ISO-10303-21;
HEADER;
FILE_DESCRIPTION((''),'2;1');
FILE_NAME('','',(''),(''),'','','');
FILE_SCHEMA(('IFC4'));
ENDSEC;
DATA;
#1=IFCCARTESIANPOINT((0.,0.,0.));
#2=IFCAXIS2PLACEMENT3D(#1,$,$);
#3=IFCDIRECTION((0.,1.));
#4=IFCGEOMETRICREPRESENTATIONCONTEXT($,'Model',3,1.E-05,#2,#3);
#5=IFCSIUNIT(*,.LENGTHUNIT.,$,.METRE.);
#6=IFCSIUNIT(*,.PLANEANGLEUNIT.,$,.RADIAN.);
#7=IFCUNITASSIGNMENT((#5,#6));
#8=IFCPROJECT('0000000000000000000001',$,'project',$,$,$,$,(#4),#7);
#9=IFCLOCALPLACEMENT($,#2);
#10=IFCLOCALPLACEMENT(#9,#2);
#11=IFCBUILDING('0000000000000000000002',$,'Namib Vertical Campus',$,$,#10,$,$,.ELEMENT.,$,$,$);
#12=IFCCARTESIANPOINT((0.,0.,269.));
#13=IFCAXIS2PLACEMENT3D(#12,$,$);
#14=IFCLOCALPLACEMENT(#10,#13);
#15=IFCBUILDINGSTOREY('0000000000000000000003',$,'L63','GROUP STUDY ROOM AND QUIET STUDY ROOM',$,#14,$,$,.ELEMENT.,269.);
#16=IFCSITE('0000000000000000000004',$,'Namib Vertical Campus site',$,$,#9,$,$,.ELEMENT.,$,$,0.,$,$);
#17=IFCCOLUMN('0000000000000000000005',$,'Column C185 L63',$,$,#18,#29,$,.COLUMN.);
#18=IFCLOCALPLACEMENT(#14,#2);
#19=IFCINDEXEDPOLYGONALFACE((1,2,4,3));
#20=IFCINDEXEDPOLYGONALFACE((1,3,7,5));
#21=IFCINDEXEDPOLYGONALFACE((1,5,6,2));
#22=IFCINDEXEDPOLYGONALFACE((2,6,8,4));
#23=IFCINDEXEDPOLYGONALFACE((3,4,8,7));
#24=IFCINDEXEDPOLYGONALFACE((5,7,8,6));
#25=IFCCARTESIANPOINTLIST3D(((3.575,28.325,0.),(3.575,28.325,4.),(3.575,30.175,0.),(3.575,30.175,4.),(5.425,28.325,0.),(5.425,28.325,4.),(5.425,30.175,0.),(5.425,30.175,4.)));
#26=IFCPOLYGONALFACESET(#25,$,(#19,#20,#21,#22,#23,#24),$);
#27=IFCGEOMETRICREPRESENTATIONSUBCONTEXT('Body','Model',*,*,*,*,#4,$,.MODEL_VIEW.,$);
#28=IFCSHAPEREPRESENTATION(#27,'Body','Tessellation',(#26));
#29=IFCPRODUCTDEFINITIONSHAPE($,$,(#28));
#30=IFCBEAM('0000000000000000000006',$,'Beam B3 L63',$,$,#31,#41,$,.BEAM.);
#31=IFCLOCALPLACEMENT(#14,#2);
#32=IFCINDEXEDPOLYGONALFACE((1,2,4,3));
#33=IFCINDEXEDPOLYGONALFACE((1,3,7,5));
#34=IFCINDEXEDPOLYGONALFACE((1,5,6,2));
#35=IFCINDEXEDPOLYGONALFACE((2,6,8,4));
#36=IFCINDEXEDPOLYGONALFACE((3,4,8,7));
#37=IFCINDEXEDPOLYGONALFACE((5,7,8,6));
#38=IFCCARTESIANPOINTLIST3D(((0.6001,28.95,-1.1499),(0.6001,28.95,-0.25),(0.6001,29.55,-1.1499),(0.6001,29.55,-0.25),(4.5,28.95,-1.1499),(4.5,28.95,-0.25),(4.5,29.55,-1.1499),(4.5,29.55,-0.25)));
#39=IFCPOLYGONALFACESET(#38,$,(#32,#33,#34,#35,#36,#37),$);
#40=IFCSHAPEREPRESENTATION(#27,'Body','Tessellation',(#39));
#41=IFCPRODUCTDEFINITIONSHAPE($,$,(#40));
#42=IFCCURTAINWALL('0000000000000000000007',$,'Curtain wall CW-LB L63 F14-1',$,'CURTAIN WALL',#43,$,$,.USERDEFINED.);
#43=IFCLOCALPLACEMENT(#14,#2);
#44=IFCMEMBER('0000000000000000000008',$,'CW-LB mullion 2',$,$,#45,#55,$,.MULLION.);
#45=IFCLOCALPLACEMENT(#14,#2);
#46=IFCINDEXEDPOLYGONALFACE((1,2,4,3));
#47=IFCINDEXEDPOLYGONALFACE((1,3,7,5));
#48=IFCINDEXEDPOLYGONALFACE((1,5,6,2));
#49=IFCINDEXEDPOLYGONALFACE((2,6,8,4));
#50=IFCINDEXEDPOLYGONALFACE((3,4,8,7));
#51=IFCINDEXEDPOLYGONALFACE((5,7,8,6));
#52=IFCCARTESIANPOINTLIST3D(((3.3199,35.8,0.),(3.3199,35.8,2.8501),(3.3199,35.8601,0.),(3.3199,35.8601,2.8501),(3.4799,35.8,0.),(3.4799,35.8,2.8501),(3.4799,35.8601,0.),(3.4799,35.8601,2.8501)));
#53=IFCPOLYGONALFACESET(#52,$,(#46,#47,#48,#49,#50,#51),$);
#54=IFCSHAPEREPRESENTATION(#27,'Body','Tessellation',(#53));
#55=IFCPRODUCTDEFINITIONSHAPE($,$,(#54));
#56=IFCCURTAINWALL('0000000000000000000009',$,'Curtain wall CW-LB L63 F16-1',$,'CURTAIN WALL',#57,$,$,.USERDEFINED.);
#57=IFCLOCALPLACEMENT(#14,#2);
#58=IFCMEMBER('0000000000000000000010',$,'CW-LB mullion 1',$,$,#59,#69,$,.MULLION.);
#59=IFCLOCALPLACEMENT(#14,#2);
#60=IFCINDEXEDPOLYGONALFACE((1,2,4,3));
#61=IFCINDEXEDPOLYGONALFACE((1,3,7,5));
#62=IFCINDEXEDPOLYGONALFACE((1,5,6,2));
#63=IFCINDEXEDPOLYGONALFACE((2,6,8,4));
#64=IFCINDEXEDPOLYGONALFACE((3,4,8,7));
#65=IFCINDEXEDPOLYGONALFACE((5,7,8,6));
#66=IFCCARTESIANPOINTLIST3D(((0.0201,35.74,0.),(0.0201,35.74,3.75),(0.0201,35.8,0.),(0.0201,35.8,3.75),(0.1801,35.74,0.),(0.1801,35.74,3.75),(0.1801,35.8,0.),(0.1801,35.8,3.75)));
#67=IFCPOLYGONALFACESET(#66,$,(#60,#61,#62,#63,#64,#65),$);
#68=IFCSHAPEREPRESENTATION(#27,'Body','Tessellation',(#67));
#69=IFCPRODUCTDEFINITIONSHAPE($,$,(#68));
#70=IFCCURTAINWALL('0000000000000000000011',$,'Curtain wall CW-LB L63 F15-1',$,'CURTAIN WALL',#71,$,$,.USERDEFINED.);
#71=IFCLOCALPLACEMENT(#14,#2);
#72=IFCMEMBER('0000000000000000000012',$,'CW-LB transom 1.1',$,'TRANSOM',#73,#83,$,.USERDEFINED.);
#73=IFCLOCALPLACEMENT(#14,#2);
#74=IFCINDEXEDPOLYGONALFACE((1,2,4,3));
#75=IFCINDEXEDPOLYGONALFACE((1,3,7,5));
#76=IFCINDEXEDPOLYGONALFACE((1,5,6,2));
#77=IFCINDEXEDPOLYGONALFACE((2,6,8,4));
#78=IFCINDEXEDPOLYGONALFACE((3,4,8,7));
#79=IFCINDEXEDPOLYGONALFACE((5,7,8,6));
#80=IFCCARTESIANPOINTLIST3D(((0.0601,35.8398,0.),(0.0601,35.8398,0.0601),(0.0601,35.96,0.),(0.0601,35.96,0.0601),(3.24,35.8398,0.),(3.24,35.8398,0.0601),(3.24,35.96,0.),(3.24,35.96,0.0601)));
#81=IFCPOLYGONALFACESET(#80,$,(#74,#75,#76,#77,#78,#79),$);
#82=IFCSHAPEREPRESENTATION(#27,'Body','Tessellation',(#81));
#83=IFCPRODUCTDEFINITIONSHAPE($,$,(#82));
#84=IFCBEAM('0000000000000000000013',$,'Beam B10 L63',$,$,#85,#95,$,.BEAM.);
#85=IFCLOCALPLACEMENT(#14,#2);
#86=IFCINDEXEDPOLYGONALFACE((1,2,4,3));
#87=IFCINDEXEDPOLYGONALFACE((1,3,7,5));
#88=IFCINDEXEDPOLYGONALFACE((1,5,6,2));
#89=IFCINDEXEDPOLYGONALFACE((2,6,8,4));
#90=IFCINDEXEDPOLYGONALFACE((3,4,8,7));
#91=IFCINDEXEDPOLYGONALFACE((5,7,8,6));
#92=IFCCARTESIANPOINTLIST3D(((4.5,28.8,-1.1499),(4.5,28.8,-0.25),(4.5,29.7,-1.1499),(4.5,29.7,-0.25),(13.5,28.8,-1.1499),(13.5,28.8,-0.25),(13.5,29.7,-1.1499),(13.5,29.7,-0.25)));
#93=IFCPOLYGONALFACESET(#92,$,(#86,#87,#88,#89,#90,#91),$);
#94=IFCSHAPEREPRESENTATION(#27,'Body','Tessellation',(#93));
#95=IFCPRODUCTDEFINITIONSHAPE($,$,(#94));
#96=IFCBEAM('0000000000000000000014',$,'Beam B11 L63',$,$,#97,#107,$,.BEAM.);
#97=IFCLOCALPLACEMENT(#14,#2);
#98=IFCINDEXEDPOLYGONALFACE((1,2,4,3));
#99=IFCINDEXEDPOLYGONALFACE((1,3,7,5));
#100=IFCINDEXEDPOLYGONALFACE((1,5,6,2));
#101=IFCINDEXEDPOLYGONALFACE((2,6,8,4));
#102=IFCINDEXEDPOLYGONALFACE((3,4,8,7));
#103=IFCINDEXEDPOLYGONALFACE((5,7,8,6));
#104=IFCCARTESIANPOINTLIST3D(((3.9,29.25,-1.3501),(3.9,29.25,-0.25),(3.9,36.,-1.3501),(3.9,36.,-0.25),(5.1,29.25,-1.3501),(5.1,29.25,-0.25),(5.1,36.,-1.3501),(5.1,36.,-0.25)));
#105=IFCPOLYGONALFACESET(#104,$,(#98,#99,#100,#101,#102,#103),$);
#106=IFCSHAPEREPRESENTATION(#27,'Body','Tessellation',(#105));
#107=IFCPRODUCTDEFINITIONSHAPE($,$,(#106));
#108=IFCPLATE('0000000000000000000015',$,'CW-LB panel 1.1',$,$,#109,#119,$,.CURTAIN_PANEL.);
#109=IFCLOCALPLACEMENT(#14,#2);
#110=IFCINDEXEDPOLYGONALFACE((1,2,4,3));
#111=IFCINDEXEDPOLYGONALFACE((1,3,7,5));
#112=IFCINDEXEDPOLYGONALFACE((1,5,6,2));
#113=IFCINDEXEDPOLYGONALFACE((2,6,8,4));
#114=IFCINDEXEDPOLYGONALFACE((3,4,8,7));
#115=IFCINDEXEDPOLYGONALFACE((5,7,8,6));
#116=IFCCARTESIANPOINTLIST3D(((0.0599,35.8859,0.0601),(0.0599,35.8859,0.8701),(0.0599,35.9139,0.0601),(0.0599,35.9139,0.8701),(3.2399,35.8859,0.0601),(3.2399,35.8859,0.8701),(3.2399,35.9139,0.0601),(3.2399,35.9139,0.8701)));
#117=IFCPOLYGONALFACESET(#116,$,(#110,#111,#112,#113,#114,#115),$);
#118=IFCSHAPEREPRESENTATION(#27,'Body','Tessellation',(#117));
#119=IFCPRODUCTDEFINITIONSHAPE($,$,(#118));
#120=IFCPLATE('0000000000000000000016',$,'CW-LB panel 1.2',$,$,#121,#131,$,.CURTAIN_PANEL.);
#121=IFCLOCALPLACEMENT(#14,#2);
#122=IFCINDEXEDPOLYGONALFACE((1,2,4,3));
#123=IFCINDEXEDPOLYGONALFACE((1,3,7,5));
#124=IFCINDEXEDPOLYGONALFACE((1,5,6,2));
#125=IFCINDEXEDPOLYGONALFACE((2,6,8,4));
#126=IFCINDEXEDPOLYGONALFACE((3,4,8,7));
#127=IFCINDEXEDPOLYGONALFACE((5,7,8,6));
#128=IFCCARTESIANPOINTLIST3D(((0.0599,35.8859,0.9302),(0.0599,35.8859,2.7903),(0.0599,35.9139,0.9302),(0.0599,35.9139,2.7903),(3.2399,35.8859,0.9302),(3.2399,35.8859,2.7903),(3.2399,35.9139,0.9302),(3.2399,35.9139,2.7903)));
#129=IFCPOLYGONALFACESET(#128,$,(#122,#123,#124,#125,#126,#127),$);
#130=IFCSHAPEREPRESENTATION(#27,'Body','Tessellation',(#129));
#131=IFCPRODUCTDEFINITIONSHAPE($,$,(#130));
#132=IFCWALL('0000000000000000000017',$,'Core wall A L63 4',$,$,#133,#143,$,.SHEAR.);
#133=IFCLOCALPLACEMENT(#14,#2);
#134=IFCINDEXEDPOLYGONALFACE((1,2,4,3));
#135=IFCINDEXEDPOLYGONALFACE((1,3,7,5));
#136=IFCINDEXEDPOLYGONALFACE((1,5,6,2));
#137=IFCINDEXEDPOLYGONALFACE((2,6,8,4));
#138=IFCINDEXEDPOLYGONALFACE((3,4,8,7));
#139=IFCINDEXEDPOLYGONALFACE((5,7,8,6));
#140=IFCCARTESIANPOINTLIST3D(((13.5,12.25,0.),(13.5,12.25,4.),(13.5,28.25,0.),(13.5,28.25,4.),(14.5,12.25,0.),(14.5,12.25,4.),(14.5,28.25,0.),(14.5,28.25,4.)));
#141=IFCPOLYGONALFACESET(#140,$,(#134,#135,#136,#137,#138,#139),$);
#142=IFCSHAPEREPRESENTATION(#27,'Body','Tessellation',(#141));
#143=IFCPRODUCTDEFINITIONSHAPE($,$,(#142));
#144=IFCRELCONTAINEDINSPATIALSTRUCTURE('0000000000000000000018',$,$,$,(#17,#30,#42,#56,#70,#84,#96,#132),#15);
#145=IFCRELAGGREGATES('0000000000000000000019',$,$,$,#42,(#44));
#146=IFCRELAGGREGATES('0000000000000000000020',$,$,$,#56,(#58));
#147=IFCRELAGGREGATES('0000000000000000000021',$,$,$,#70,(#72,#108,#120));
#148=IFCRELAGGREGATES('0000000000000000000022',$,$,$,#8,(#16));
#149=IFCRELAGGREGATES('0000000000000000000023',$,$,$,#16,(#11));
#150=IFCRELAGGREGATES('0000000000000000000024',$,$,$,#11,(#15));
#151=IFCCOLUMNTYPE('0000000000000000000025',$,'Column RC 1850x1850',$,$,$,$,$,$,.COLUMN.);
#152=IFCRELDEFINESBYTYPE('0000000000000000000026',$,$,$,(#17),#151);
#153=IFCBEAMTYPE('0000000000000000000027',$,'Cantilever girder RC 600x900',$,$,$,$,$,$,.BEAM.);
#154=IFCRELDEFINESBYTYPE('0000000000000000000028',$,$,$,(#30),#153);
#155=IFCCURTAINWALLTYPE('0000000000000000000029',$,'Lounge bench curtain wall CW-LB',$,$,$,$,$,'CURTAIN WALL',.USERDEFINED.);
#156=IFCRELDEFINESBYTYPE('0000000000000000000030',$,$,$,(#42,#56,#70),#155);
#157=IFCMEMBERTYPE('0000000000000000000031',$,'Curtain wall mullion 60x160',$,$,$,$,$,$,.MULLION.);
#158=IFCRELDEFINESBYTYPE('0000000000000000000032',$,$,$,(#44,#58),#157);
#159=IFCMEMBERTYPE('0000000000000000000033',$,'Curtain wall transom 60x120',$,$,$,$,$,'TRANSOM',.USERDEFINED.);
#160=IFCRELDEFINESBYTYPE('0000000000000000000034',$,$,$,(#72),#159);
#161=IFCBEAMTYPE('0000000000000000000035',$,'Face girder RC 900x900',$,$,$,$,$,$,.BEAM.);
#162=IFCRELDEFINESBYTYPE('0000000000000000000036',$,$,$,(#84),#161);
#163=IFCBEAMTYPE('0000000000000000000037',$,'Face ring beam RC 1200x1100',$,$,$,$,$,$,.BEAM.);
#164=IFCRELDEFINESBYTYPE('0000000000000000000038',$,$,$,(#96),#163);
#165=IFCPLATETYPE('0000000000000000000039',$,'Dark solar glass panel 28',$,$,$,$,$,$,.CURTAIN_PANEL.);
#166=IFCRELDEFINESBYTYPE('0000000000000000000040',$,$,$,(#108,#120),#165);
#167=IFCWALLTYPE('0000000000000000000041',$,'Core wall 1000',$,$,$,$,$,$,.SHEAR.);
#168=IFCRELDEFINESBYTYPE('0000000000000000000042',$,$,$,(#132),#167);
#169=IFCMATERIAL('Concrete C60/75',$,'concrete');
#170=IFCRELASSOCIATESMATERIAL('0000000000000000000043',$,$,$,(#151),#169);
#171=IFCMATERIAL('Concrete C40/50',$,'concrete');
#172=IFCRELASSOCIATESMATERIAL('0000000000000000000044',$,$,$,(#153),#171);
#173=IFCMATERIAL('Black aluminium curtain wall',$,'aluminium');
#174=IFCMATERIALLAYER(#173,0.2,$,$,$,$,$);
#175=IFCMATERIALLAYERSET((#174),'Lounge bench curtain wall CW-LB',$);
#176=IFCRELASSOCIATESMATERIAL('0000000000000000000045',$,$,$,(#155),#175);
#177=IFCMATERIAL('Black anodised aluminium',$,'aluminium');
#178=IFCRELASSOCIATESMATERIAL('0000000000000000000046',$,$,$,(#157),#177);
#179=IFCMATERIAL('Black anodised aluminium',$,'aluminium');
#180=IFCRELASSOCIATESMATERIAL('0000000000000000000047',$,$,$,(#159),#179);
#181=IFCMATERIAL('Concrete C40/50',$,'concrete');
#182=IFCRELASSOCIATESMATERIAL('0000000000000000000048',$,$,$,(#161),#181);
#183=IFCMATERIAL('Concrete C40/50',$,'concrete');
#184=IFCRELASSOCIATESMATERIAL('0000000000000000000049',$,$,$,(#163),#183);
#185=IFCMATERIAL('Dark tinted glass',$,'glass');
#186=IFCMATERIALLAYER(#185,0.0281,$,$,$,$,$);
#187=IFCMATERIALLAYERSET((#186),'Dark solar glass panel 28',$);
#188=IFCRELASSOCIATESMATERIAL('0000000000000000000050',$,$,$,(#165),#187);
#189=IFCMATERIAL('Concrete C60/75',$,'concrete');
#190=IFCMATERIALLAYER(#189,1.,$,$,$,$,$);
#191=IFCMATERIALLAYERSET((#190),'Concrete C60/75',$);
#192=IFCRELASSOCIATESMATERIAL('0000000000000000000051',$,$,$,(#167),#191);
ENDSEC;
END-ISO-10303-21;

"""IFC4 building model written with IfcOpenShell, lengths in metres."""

from ifc_helpers import new_model, si_unit, direction, frame, frame_2d, origin, origin_2d, place, context, subcontext, project, spatial, rectangle, extrude, material, layer, layer_set, material_profile, profile_set, type_object, element, aggregate, save


model = new_model("IFC4")

# Units and contexts
model_context = context("Model", 3, precision=1e-05, world=origin(), true_north=direction((0.0, 1.0)))
body_context = subcontext(model_context, "Body", "Model", "MODEL_VIEW")
ifc_project = project(units=[si_unit("LENGTHUNIT", "METRE"), si_unit("PLANEANGLEUNIT", "RADIAN")], contexts=[model_context])

# Site, building, storey
site_placement = place(None, origin())
site = spatial("IfcSite", under=ifc_project, at=site_placement, Name="Namib Vertical Campus site", CompositionType="ELEMENT", RefElevation=0.0)
building_placement = place(site_placement, origin())
building = spatial("IfcBuilding", under=site, at=building_placement, Name="Namib Vertical Campus", CompositionType="ELEMENT")
storey_placement = place(building_placement, frame((0.0, 0.0, 269.0)))
storey = spatial("IfcBuildingStorey", under=building, at=storey_placement, Name="L63", Description="GROUP STUDY ROOM AND QUIET STUDY ROOM", CompositionType="ELEMENT", Elevation=269.0)

# Column
ifc_material_1 = material(Name="Concrete C60/75", Category="concrete")
ifc_material_profile_1 = material_profile(ifc_material_1, rectangle(XDim=1.8501, YDim=1.8501, at=origin_2d()))
ifc_profile_set_1 = profile_set([ifc_material_profile_1], Name="Concrete C60/75")
column_type = type_object("IfcColumnType", Name="Column RC 1850x1850", PredefinedType="COLUMN", material=ifc_profile_set_1)
column_placement = place(storey_placement, frame((4.5, 29.25, 0.0), z_axis=(0.0, 0.0, 1.0), x_axis=(1.0, 0.0, 0.0)))
element("IfcColumn", 1, at=column_placement, inside=storey, type_object=column_type, Name="Column C185 L63", PredefinedType="COLUMN", context=body_context, shape_type="SweptSolid", body=[
    extrude(rectangle(XDim=1.8501, YDim=1.8501, at=origin_2d()), origin(), (0.0, 0.0, 1.0), 4.0),
])

# Beam
ifc_material_2 = material(Name="Concrete C40/50", Category="concrete")
ifc_material_profile_2 = material_profile(ifc_material_2, rectangle(XDim=0.6001, YDim=0.8999, at=origin_2d()))
ifc_profile_set_2 = profile_set([ifc_material_profile_2], Name="Concrete C40/50")
beam_type_1 = type_object("IfcBeamType", Name="Cantilever girder RC 600x900", PredefinedType="BEAM", material=ifc_profile_set_2)
beam_1_placement = place(storey_placement, frame((4.5, 29.25, -0.7), z_axis=(-1.0, 0.0, 0.0), x_axis=(0.0, -1.0, 0.0)))
element("IfcBeam", 2, at=beam_1_placement, inside=storey, type_object=beam_type_1, Name="Beam B3 L63", PredefinedType="BEAM", context=body_context, shape_type="SweptSolid", body=[
    extrude(rectangle(XDim=0.6001, YDim=0.8999, at=origin_2d()), origin(), (0.0, 0.0, 1.0), 3.8999),
])

# Curtain walls, members
ifc_material_3 = material(Name="Black aluminium curtain wall", Category="aluminium")
ifc_layer_1 = layer(ifc_material_3, 0.2)
ifc_layer_set_1 = layer_set([ifc_layer_1], Name="Lounge bench curtain wall CW-LB")
curtain_wall_type = type_object("IfcCurtainWallType", Name="Lounge bench curtain wall CW-LB", ElementType="CURTAIN WALL", PredefinedType="USERDEFINED", material=ifc_layer_set_1)
curtain_wall_1_placement = place(storey_placement, origin())
curtain_wall_1 = element("IfcCurtainWall", 3, at=curtain_wall_1_placement, inside=storey, type_object=curtain_wall_type, Name="Curtain wall CW-LB L63 F14-1", ObjectType="CURTAIN WALL", PredefinedType="USERDEFINED")
ifc_material_4 = material(Name="Black anodised aluminium", Category="aluminium")
ifc_material_profile_3 = material_profile(ifc_material_4, rectangle(XDim=0.0601, YDim=0.1599, at=origin_2d()))
ifc_profile_set_3 = profile_set([ifc_material_profile_3], Name="Black anodised aluminium")
member_type_1 = type_object("IfcMemberType", Name="Curtain wall mullion 60x160", PredefinedType="MULLION", material=ifc_profile_set_3)
member_1_placement = place(storey_placement, frame((3.3999, 35.8301, 0.0), z_axis=(0.0, 0.0, 1.0), x_axis=(0.0, -1.0, 0.0)))
member_1 = element("IfcMember", 4, at=member_1_placement, type_object=member_type_1, Name="CW-LB mullion 2", PredefinedType="MULLION", context=body_context, shape_type="SweptSolid", body=[
    extrude(rectangle(XDim=0.0601, YDim=0.1599, at=origin_2d()), origin(), (0.0, 0.0, 1.0), 2.8501),
])
aggregate(curtain_wall_1, [member_1])
curtain_wall_2_placement = place(storey_placement, origin())
curtain_wall_2 = element("IfcCurtainWall", 5, at=curtain_wall_2_placement, inside=storey, type_object=curtain_wall_type, Name="Curtain wall CW-LB L63 F16-1", ObjectType="CURTAIN WALL", PredefinedType="USERDEFINED")
member_2_placement = place(storey_placement, frame((0.1001, 35.77, 0.0), z_axis=(0.0, 0.0, 1.0), x_axis=(0.0, -1.0, 0.0)))
member_2 = element("IfcMember", 6, at=member_2_placement, type_object=member_type_1, Name="CW-LB mullion 1", PredefinedType="MULLION", context=body_context, shape_type="SweptSolid", body=[
    extrude(rectangle(XDim=0.0601, YDim=0.1599, at=origin_2d()), origin(), (0.0, 0.0, 1.0), 3.75),
])
aggregate(curtain_wall_2, [member_2])
curtain_wall_3_placement = place(storey_placement, origin())
curtain_wall_3 = element("IfcCurtainWall", 7, at=curtain_wall_3_placement, inside=storey, type_object=curtain_wall_type, Name="Curtain wall CW-LB L63 F15-1", ObjectType="CURTAIN WALL", PredefinedType="USERDEFINED")
ifc_material_5 = material(Name="Black anodised aluminium", Category="aluminium")
ifc_material_profile_4 = material_profile(ifc_material_5, rectangle(XDim=0.0601, YDim=0.1201, at=origin_2d()))
ifc_profile_set_4 = profile_set([ifc_material_profile_4], Name="Black anodised aluminium")
member_type_2 = type_object("IfcMemberType", Name="Curtain wall transom 60x120", ElementType="TRANSOM", PredefinedType="USERDEFINED", material=ifc_profile_set_4)
member_3_placement = place(storey_placement, frame((3.24, 35.8999, 0.03), z_axis=(-1.0, 0.0, 0.0), x_axis=(0.0, 0.0, 1.0)))
member_3 = element("IfcMember", 8, at=member_3_placement, type_object=member_type_2, Name="CW-LB transom 1.1", ObjectType="TRANSOM", PredefinedType="USERDEFINED", context=body_context, shape_type="SweptSolid", body=[
    extrude(rectangle(XDim=0.0601, YDim=0.1201, at=origin_2d()), origin(), (0.0, 0.0, 1.0), 3.1799),
])

# Beams
ifc_material_6 = material(Name="Concrete C40/50", Category="concrete")
ifc_material_profile_5 = material_profile(ifc_material_6, rectangle(XDim=0.8999, YDim=0.8999, at=origin_2d()))
ifc_profile_set_5 = profile_set([ifc_material_profile_5], Name="Concrete C40/50")
beam_type_2 = type_object("IfcBeamType", Name="Face girder RC 900x900", PredefinedType="BEAM", material=ifc_profile_set_5)
beam_2_placement = place(storey_placement, frame((4.5, 29.25, -0.7), z_axis=(1.0, 0.0, 0.0), x_axis=(0.0, 1.0, 0.0)))
element("IfcBeam", 9, at=beam_2_placement, inside=storey, type_object=beam_type_2, Name="Beam B10 L63", PredefinedType="BEAM", context=body_context, shape_type="SweptSolid", body=[
    extrude(rectangle(XDim=0.8999, YDim=0.8999, at=origin_2d()), origin(), (0.0, 0.0, 1.0), 9.0),
])
ifc_material_7 = material(Name="Concrete C40/50", Category="concrete")
ifc_material_profile_6 = material_profile(ifc_material_7, rectangle(XDim=1.2, YDim=1.1001, at=origin_2d()))
ifc_profile_set_6 = profile_set([ifc_material_profile_6], Name="Concrete C40/50")
beam_type_3 = type_object("IfcBeamType", Name="Face ring beam RC 1200x1100", PredefinedType="BEAM", material=ifc_profile_set_6)
beam_3_placement = place(storey_placement, frame((4.5, 29.25, -0.8), z_axis=(0.0, 1.0, 0.0), x_axis=(-1.0, 0.0, 0.0)))
element("IfcBeam", 10, at=beam_3_placement, inside=storey, type_object=beam_type_3, Name="Beam B11 L63", PredefinedType="BEAM", context=body_context, shape_type="SweptSolid", body=[
    extrude(rectangle(XDim=1.2, YDim=1.1001, at=origin_2d()), origin(), (0.0, 0.0, 1.0), 6.75),
])

# Plates
ifc_material_8 = material(Name="Dark tinted glass", Category="glass")
ifc_layer_2 = layer(ifc_material_8, 0.0281)
ifc_layer_set_2 = layer_set([ifc_layer_2], Name="Dark solar glass panel 28")
plate_type = type_object("IfcPlateType", Name="Dark solar glass panel 28", PredefinedType="CURTAIN_PANEL", material=ifc_layer_set_2)
plate_1_placement = place(storey_placement, frame((1.6499, 35.8999, 0.0601), z_axis=(0.0, 0.0, 1.0), x_axis=(-1.0, 0.0, 0.0)))
plate_1 = element("IfcPlate", 11, at=plate_1_placement, type_object=plate_type, Name="CW-LB panel 1.1", PredefinedType="CURTAIN_PANEL", context=body_context, shape_type="SweptSolid", body=[
    extrude(rectangle(XDim=3.1799, YDim=0.0281, at=origin_2d()), origin(), (0.0, 0.0, 1.0), 0.8101),
])
plate_2_placement = place(storey_placement, frame((1.6499, 35.8999, 0.9302), z_axis=(0.0, 0.0, 1.0), x_axis=(-1.0, 0.0, 0.0)))
plate_2 = element("IfcPlate", 12, at=plate_2_placement, type_object=plate_type, Name="CW-LB panel 1.2", PredefinedType="CURTAIN_PANEL", context=body_context, shape_type="SweptSolid", body=[
    extrude(rectangle(XDim=3.1799, YDim=0.0281, at=origin_2d()), origin(), (0.0, 0.0, 1.0), 1.8601),
])
aggregate(curtain_wall_3, [member_3, plate_1, plate_2])

# Wall
ifc_material_9 = material(Name="Concrete C60/75", Category="concrete")
ifc_layer_3 = layer(ifc_material_9, 1.0)
ifc_layer_set_3 = layer_set([ifc_layer_3], Name="Concrete C60/75")
wall_type_1 = type_object("IfcWallType", Name="Core wall 1000", PredefinedType="SHEAR", material=ifc_layer_set_3)
wall_1_placement = place(storey_placement, frame((14.0, 28.25, 0.0), z_axis=(0.0, 0.0, 1.0), x_axis=(0.0, -1.0, 0.0)))
element("IfcWall", 13, at=wall_1_placement, inside=storey, type_object=wall_type_1, Name="Core wall A L63 4", PredefinedType="SHEAR", context=body_context, shape_type="SweptSolid", body=[
    extrude(rectangle(XDim=16.0, YDim=1.0, at=frame_2d((8.0, 0.0))), origin(), (0.0, 0.0, 1.0), 4.0),
])

save(model, "model.ifc")
